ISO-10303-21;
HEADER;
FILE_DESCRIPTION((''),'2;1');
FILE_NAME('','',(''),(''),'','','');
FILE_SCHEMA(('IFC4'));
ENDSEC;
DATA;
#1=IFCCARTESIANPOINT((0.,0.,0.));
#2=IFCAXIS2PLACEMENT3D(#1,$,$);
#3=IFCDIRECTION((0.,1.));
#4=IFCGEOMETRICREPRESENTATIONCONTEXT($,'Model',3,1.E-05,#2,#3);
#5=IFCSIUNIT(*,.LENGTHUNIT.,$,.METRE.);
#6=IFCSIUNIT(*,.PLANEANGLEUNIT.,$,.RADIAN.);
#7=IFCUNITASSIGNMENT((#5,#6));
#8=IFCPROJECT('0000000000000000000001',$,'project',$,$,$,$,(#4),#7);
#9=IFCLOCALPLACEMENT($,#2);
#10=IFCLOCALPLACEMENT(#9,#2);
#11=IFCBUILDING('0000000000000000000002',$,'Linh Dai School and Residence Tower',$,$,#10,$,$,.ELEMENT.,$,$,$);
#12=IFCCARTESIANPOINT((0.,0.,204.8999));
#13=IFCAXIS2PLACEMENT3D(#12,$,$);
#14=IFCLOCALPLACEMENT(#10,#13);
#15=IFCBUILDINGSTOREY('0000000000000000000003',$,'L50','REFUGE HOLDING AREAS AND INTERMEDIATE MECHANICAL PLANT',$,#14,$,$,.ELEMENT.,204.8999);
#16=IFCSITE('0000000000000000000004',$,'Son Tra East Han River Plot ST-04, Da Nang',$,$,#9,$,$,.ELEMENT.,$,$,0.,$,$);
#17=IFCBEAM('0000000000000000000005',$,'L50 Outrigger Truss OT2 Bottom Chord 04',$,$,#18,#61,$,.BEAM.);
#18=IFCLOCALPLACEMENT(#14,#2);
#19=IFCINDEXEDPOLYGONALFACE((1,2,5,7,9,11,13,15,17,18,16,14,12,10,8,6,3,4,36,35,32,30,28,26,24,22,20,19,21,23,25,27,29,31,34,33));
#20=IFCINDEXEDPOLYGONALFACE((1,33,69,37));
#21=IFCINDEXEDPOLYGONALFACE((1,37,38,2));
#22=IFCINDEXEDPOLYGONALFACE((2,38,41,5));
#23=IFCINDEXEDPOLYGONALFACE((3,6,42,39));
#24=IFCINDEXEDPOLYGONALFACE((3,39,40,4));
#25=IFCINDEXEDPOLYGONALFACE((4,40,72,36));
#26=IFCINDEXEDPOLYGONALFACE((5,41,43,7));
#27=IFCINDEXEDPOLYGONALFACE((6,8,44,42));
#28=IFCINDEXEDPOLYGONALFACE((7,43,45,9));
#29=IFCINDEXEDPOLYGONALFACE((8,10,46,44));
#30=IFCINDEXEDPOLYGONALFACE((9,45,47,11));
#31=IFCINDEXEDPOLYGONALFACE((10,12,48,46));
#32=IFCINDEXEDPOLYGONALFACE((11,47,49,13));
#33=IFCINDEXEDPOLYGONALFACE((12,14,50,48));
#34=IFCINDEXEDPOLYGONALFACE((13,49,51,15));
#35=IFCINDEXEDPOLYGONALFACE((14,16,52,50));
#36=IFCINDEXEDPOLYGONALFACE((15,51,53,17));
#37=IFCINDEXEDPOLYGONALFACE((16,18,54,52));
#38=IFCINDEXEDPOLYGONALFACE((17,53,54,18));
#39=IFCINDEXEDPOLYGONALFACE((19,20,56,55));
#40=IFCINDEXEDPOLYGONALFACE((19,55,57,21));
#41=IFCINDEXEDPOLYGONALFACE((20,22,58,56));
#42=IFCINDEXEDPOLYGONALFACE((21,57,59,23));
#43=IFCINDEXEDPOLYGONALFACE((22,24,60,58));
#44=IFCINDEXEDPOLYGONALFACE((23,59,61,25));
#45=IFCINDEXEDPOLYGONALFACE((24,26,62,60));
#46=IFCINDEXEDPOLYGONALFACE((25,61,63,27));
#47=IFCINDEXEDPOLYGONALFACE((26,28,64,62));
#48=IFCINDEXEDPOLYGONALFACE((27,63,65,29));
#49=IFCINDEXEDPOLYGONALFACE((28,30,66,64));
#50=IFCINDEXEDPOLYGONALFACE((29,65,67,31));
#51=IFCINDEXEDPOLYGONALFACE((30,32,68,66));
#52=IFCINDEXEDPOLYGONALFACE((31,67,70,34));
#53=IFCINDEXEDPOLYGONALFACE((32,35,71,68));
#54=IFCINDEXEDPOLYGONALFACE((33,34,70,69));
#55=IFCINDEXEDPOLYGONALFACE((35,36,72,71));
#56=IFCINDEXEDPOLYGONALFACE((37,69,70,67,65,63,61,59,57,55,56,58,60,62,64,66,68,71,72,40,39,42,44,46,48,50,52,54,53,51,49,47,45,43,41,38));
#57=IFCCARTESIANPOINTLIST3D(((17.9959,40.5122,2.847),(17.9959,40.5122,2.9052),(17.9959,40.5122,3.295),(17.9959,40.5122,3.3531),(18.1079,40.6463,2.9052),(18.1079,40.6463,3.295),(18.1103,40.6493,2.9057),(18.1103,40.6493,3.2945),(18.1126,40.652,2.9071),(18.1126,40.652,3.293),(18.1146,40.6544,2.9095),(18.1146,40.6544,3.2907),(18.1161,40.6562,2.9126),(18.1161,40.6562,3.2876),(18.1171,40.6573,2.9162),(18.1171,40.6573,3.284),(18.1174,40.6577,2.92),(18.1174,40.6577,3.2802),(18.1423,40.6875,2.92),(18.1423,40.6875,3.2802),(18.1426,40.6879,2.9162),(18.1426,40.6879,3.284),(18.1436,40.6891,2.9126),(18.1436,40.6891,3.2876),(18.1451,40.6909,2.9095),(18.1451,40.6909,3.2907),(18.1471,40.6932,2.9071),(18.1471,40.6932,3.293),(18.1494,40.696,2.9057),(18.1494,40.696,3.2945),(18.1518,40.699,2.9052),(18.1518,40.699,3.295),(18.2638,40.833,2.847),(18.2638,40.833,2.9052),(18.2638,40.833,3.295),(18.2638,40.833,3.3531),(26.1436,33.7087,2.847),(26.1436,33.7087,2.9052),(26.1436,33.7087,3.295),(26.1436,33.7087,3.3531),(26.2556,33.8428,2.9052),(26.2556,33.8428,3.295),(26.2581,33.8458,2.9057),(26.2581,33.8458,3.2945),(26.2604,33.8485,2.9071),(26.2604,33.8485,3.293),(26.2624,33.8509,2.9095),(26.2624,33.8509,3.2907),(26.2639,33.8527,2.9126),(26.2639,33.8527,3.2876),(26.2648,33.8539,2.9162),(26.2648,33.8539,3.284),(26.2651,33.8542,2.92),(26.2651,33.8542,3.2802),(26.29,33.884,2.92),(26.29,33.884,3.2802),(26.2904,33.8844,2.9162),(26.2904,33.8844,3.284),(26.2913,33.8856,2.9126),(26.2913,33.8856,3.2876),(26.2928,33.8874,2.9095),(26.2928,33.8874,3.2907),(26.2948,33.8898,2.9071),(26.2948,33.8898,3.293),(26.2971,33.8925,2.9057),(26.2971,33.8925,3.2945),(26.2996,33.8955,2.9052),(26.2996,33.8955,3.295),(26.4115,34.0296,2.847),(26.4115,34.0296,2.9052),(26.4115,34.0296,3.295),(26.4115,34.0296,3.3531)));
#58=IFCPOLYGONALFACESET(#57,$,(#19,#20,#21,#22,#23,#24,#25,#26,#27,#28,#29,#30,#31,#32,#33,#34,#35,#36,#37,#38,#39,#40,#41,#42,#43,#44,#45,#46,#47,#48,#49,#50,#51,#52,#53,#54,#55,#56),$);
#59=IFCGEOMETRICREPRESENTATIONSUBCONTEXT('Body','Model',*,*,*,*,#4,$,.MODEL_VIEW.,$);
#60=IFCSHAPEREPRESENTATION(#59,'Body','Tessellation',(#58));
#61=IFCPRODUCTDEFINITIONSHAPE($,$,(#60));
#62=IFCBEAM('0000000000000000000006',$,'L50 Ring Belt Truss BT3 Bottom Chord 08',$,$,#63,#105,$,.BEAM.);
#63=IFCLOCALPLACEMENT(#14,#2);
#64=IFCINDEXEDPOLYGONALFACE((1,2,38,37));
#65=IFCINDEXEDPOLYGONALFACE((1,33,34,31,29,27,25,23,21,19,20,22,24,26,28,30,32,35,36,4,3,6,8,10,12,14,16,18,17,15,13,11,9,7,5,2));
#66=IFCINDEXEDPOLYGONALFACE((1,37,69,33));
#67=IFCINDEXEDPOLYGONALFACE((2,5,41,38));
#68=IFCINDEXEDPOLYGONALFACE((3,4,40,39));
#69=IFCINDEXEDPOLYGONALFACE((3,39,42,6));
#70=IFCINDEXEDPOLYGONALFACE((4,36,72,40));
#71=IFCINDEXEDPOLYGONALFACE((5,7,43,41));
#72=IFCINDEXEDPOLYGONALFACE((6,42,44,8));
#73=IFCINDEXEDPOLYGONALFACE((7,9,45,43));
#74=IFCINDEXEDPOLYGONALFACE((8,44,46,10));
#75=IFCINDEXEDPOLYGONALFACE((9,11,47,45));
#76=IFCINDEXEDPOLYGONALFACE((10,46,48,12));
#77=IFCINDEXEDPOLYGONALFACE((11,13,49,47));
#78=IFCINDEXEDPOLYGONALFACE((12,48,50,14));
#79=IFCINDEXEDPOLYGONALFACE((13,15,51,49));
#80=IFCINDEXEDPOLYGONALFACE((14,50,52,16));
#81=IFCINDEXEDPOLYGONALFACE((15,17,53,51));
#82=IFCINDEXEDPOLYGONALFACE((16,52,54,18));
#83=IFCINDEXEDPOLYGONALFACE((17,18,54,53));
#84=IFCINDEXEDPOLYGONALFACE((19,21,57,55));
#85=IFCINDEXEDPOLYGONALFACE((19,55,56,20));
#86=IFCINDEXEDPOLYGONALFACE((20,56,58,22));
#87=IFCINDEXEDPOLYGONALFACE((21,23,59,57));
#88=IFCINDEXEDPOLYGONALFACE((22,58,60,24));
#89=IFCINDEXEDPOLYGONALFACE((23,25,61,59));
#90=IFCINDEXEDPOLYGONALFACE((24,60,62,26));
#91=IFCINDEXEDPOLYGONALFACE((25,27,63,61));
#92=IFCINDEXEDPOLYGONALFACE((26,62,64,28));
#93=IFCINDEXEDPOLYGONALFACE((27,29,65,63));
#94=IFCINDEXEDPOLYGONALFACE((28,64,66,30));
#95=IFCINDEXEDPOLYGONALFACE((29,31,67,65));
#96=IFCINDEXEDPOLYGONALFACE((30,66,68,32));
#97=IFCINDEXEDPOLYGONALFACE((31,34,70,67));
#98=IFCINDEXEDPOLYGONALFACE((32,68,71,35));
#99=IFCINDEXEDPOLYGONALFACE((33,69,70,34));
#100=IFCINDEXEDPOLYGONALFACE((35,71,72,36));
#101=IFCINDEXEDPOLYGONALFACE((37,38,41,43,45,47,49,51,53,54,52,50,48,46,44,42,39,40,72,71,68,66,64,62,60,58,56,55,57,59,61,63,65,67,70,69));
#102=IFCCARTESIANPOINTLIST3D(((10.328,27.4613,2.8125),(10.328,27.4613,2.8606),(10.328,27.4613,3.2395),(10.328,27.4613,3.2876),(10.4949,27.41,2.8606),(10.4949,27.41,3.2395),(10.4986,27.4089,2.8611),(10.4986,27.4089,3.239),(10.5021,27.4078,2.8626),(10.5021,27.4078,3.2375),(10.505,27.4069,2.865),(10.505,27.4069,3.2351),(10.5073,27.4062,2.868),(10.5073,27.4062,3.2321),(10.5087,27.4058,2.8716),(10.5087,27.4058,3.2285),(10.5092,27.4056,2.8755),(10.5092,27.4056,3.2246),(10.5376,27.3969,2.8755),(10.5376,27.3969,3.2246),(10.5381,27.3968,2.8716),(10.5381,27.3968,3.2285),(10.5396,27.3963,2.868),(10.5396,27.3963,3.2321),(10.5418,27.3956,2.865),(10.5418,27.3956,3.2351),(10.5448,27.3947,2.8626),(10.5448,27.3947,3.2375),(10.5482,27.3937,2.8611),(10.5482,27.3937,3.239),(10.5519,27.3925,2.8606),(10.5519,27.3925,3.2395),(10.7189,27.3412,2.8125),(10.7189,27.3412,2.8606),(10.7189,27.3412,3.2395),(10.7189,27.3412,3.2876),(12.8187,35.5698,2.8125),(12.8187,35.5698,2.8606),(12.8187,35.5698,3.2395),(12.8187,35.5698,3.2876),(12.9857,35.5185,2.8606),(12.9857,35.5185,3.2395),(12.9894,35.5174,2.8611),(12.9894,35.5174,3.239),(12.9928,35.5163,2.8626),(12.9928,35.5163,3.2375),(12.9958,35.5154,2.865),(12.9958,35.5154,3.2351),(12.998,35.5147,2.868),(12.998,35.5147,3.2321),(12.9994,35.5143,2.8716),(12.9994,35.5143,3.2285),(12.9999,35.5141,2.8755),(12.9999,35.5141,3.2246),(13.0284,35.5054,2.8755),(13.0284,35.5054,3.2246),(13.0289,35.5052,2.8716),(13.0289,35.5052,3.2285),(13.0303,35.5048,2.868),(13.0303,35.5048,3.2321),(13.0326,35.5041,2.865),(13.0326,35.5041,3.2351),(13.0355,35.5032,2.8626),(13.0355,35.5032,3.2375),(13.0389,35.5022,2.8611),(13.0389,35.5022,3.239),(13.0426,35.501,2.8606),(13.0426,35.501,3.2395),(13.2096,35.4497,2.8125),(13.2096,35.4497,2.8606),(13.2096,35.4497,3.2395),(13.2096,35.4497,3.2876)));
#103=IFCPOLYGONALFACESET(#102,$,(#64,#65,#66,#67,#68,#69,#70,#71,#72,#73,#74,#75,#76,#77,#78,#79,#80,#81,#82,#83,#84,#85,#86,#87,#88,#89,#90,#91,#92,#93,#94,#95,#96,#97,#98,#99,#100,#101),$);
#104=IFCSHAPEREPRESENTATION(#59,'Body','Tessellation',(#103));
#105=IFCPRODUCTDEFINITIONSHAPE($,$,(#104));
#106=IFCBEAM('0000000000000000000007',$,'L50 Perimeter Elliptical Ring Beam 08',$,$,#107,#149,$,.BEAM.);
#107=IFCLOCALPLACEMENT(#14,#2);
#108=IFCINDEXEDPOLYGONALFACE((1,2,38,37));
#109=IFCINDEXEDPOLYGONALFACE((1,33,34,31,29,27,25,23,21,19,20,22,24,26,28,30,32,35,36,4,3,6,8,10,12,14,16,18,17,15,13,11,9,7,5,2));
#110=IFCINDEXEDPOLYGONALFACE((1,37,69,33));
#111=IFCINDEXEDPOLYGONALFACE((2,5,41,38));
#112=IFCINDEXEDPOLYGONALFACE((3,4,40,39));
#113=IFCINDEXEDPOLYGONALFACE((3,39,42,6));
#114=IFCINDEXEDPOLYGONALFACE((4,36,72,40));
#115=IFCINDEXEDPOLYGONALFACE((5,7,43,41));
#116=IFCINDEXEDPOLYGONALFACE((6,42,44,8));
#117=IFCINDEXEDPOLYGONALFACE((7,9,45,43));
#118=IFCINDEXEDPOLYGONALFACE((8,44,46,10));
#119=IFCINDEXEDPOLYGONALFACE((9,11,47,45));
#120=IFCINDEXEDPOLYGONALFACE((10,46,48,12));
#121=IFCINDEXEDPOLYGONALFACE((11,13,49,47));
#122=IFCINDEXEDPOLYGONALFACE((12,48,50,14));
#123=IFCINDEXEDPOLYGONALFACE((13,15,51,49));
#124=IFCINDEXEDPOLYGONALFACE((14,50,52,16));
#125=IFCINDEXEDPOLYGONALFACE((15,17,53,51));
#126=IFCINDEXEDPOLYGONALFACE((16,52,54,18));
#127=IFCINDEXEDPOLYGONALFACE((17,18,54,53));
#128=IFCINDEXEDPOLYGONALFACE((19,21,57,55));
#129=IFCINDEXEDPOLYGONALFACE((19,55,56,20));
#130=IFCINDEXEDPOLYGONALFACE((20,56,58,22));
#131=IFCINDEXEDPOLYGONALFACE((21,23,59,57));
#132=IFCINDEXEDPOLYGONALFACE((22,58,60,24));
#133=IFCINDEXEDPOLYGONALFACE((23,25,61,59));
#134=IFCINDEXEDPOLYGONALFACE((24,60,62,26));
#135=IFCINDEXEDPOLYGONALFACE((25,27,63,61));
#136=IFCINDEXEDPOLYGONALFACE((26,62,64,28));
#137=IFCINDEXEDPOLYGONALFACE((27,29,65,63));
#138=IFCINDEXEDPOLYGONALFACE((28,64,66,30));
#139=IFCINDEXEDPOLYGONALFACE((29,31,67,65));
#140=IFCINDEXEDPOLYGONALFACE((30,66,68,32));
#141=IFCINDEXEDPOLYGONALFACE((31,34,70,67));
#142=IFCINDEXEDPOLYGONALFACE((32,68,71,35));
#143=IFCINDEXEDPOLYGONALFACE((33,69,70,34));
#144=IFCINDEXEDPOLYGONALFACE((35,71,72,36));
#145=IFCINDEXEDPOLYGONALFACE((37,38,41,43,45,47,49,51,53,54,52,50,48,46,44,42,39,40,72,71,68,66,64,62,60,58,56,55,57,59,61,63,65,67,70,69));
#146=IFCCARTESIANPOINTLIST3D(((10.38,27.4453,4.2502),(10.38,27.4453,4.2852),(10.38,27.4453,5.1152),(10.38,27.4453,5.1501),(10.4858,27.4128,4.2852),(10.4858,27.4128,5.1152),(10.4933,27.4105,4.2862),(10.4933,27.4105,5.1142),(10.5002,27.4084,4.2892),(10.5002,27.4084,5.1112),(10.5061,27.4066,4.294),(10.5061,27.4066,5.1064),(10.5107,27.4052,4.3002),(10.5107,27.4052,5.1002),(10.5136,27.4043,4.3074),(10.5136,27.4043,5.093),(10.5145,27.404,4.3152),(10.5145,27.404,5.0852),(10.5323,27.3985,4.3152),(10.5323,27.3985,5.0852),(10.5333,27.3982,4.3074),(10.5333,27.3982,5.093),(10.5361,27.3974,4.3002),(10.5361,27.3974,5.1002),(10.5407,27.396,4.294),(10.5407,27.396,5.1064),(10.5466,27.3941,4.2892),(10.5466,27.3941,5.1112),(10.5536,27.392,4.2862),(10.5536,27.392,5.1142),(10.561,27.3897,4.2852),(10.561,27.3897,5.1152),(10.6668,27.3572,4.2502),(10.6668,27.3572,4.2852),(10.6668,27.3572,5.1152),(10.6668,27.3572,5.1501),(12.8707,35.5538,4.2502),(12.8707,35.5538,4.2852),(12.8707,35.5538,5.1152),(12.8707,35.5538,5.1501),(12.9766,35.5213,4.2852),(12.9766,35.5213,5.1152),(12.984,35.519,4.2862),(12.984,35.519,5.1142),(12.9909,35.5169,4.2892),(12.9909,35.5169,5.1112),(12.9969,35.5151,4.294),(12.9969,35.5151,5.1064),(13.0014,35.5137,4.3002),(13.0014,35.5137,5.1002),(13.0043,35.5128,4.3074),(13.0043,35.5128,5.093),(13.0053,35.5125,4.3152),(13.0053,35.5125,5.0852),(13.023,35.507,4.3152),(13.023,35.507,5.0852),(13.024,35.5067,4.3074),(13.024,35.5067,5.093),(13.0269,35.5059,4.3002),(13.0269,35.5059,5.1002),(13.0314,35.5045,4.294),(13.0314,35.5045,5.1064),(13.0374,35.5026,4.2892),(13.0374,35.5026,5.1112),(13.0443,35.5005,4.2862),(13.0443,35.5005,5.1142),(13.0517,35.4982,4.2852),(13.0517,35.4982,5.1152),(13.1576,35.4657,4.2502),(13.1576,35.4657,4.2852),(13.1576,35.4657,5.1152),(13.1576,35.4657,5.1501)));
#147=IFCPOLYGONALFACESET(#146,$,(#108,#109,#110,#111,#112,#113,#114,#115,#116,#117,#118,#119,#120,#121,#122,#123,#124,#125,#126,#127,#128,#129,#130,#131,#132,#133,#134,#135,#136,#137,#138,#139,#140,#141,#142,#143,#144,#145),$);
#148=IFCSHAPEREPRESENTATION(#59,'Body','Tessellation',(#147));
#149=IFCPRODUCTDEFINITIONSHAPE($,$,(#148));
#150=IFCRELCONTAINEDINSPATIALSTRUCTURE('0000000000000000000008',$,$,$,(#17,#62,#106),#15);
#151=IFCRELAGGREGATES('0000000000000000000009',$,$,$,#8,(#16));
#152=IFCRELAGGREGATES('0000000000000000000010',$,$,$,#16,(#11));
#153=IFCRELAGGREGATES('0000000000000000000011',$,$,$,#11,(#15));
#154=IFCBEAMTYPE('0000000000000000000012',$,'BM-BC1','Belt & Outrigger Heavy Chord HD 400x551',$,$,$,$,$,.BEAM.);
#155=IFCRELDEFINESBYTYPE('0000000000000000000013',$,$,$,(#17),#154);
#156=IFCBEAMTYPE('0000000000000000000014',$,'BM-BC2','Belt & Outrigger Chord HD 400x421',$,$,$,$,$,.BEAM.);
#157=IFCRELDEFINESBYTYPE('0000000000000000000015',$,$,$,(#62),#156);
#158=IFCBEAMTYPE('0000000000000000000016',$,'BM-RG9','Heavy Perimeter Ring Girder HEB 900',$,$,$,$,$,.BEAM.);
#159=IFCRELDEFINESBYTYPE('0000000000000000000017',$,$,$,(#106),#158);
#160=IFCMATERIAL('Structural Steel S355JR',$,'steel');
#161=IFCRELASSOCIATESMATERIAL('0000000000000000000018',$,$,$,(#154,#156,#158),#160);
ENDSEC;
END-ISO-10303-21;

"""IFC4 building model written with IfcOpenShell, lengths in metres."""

from ifc_helpers import new_model, si_unit, direction, frame, origin, origin_2d, place, context, subcontext, project, spatial, i_section, extrude, material, material_profile, profile_set, type_object, element, save


model = new_model("IFC4")

# Units and contexts
model_context = context("Model", 3, precision=1e-05, world=origin(), true_north=direction((0.0, 1.0)))
body_context = subcontext(model_context, "Body", "Model", "MODEL_VIEW")
ifc_project = project(units=[si_unit("LENGTHUNIT", "METRE"), si_unit("PLANEANGLEUNIT", "RADIAN")], contexts=[model_context])

# Site, building, storey
site_placement = place(None, origin())
site = spatial("IfcSite", under=ifc_project, at=site_placement, Name="Son Tra East Han River Plot ST-04, Da Nang", CompositionType="ELEMENT", RefElevation=0.0)
building_placement = place(site_placement, origin())
building = spatial("IfcBuilding", under=site, at=building_placement, Name="Linh Dai School and Residence Tower", CompositionType="ELEMENT")
storey_placement = place(building_placement, frame((0.0, 0.0, 204.8999)))
storey = spatial("IfcBuildingStorey", under=building, at=storey_placement, Name="L50", Description="REFUGE HOLDING AREAS AND INTERMEDIATE MECHANICAL PLANT", CompositionType="ELEMENT", Elevation=204.8999)

# Shared definitions
ifc_material_1 = material(Name="Structural Steel S355JR", Category="steel")

# Beams
ifc_material_profile_1 = material_profile(ifc_material_1, i_section(OverallWidth=0.418, OverallDepth=0.5061, WebThickness=0.0388, FlangeThickness=0.0581, FilletRadius=0.0149, at=origin_2d()), Name="HD 400x551")
ifc_profile_set_1 = profile_set([ifc_material_profile_1], Name="Structural Steel S355JR")
beam_type_1 = type_object("IfcBeamType", Name="BM-BC1", Description="Belt & Outrigger Heavy Chord HD 400x551", PredefinedType="BEAM", material=ifc_profile_set_1)
beam_1_placement = place(storey_placement, frame((26.2776, 33.8691, 3.1001), z_axis=(-0.767586, 0.640946, 0.0), x_axis=(-0.640946, -0.767586, 0.0)))
element("IfcBeam", 1, at=beam_1_placement, inside=storey, type_object=beam_type_1, Name="L50 Outrigger Truss OT2 Bottom Chord 04", PredefinedType="BEAM", context=body_context, shape_type="SweptSolid", body=[
    extrude(i_section(OverallWidth=0.418, OverallDepth=0.5061, WebThickness=0.0388, FlangeThickness=0.0581, FilletRadius=0.0149, at=origin_2d()), origin(), (0.0, 0.0, 1.0), 10.6147),
])
ifc_material_profile_2 = material_profile(ifc_material_1, i_section(OverallWidth=0.4089, OverallDepth=0.4751, WebThickness=0.0298, FlangeThickness=0.0481, FilletRadius=0.0149, at=origin_2d()), Name="HD 400x421")
ifc_profile_set_2 = profile_set([ifc_material_profile_2], Name="Structural Steel S355JR")
beam_type_2 = type_object("IfcBeamType", Name="BM-BC2", Description="Belt & Outrigger Chord HD 400x421", PredefinedType="BEAM", material=ifc_profile_set_2)
beam_2_placement = place(storey_placement, frame((13.0142, 35.5098, 3.05), z_axis=(-0.293637, -0.955917, 0.0), x_axis=(0.955917, -0.293637, 0.0)))
element("IfcBeam", 2, at=beam_2_placement, inside=storey, type_object=beam_type_2, Name="L50 Ring Belt Truss BT3 Bottom Chord 08", PredefinedType="BEAM", context=body_context, shape_type="SweptSolid", body=[
    extrude(i_section(OverallWidth=0.4089, OverallDepth=0.4751, WebThickness=0.0298, FlangeThickness=0.0481, FilletRadius=0.0149, at=origin_2d()), origin(), (0.0, 0.0, 1.0), 8.4824),
])
ifc_material_profile_3 = material_profile(ifc_material_1, i_section(OverallWidth=0.3, OverallDepth=0.8999, WebThickness=0.0186, FlangeThickness=0.0349, FilletRadius=0.03, at=origin_2d()), Name="HEB 900")
ifc_profile_set_3 = profile_set([ifc_material_profile_3], Name="Structural Steel S355JR")
beam_type_3 = type_object("IfcBeamType", Name="BM-RG9", Description="Heavy Perimeter Ring Girder HEB 900", PredefinedType="BEAM", material=ifc_profile_set_3)
beam_3_placement = place(storey_placement, frame((13.0142, 35.5098, 4.7002), z_axis=(-0.293637, -0.955917, 0.0), x_axis=(0.955917, -0.293637, 0.0)))
element("IfcBeam", 3, at=beam_3_placement, inside=storey, type_object=beam_type_3, Name="L50 Perimeter Elliptical Ring Beam 08", PredefinedType="BEAM", context=body_context, shape_type="SweptSolid", body=[
    extrude(i_section(OverallWidth=0.3, OverallDepth=0.8999, WebThickness=0.0186, FlangeThickness=0.0349, FilletRadius=0.03, at=origin_2d()), origin(), (0.0, 0.0, 1.0), 8.4824),
])

save(model, "model.ifc")
